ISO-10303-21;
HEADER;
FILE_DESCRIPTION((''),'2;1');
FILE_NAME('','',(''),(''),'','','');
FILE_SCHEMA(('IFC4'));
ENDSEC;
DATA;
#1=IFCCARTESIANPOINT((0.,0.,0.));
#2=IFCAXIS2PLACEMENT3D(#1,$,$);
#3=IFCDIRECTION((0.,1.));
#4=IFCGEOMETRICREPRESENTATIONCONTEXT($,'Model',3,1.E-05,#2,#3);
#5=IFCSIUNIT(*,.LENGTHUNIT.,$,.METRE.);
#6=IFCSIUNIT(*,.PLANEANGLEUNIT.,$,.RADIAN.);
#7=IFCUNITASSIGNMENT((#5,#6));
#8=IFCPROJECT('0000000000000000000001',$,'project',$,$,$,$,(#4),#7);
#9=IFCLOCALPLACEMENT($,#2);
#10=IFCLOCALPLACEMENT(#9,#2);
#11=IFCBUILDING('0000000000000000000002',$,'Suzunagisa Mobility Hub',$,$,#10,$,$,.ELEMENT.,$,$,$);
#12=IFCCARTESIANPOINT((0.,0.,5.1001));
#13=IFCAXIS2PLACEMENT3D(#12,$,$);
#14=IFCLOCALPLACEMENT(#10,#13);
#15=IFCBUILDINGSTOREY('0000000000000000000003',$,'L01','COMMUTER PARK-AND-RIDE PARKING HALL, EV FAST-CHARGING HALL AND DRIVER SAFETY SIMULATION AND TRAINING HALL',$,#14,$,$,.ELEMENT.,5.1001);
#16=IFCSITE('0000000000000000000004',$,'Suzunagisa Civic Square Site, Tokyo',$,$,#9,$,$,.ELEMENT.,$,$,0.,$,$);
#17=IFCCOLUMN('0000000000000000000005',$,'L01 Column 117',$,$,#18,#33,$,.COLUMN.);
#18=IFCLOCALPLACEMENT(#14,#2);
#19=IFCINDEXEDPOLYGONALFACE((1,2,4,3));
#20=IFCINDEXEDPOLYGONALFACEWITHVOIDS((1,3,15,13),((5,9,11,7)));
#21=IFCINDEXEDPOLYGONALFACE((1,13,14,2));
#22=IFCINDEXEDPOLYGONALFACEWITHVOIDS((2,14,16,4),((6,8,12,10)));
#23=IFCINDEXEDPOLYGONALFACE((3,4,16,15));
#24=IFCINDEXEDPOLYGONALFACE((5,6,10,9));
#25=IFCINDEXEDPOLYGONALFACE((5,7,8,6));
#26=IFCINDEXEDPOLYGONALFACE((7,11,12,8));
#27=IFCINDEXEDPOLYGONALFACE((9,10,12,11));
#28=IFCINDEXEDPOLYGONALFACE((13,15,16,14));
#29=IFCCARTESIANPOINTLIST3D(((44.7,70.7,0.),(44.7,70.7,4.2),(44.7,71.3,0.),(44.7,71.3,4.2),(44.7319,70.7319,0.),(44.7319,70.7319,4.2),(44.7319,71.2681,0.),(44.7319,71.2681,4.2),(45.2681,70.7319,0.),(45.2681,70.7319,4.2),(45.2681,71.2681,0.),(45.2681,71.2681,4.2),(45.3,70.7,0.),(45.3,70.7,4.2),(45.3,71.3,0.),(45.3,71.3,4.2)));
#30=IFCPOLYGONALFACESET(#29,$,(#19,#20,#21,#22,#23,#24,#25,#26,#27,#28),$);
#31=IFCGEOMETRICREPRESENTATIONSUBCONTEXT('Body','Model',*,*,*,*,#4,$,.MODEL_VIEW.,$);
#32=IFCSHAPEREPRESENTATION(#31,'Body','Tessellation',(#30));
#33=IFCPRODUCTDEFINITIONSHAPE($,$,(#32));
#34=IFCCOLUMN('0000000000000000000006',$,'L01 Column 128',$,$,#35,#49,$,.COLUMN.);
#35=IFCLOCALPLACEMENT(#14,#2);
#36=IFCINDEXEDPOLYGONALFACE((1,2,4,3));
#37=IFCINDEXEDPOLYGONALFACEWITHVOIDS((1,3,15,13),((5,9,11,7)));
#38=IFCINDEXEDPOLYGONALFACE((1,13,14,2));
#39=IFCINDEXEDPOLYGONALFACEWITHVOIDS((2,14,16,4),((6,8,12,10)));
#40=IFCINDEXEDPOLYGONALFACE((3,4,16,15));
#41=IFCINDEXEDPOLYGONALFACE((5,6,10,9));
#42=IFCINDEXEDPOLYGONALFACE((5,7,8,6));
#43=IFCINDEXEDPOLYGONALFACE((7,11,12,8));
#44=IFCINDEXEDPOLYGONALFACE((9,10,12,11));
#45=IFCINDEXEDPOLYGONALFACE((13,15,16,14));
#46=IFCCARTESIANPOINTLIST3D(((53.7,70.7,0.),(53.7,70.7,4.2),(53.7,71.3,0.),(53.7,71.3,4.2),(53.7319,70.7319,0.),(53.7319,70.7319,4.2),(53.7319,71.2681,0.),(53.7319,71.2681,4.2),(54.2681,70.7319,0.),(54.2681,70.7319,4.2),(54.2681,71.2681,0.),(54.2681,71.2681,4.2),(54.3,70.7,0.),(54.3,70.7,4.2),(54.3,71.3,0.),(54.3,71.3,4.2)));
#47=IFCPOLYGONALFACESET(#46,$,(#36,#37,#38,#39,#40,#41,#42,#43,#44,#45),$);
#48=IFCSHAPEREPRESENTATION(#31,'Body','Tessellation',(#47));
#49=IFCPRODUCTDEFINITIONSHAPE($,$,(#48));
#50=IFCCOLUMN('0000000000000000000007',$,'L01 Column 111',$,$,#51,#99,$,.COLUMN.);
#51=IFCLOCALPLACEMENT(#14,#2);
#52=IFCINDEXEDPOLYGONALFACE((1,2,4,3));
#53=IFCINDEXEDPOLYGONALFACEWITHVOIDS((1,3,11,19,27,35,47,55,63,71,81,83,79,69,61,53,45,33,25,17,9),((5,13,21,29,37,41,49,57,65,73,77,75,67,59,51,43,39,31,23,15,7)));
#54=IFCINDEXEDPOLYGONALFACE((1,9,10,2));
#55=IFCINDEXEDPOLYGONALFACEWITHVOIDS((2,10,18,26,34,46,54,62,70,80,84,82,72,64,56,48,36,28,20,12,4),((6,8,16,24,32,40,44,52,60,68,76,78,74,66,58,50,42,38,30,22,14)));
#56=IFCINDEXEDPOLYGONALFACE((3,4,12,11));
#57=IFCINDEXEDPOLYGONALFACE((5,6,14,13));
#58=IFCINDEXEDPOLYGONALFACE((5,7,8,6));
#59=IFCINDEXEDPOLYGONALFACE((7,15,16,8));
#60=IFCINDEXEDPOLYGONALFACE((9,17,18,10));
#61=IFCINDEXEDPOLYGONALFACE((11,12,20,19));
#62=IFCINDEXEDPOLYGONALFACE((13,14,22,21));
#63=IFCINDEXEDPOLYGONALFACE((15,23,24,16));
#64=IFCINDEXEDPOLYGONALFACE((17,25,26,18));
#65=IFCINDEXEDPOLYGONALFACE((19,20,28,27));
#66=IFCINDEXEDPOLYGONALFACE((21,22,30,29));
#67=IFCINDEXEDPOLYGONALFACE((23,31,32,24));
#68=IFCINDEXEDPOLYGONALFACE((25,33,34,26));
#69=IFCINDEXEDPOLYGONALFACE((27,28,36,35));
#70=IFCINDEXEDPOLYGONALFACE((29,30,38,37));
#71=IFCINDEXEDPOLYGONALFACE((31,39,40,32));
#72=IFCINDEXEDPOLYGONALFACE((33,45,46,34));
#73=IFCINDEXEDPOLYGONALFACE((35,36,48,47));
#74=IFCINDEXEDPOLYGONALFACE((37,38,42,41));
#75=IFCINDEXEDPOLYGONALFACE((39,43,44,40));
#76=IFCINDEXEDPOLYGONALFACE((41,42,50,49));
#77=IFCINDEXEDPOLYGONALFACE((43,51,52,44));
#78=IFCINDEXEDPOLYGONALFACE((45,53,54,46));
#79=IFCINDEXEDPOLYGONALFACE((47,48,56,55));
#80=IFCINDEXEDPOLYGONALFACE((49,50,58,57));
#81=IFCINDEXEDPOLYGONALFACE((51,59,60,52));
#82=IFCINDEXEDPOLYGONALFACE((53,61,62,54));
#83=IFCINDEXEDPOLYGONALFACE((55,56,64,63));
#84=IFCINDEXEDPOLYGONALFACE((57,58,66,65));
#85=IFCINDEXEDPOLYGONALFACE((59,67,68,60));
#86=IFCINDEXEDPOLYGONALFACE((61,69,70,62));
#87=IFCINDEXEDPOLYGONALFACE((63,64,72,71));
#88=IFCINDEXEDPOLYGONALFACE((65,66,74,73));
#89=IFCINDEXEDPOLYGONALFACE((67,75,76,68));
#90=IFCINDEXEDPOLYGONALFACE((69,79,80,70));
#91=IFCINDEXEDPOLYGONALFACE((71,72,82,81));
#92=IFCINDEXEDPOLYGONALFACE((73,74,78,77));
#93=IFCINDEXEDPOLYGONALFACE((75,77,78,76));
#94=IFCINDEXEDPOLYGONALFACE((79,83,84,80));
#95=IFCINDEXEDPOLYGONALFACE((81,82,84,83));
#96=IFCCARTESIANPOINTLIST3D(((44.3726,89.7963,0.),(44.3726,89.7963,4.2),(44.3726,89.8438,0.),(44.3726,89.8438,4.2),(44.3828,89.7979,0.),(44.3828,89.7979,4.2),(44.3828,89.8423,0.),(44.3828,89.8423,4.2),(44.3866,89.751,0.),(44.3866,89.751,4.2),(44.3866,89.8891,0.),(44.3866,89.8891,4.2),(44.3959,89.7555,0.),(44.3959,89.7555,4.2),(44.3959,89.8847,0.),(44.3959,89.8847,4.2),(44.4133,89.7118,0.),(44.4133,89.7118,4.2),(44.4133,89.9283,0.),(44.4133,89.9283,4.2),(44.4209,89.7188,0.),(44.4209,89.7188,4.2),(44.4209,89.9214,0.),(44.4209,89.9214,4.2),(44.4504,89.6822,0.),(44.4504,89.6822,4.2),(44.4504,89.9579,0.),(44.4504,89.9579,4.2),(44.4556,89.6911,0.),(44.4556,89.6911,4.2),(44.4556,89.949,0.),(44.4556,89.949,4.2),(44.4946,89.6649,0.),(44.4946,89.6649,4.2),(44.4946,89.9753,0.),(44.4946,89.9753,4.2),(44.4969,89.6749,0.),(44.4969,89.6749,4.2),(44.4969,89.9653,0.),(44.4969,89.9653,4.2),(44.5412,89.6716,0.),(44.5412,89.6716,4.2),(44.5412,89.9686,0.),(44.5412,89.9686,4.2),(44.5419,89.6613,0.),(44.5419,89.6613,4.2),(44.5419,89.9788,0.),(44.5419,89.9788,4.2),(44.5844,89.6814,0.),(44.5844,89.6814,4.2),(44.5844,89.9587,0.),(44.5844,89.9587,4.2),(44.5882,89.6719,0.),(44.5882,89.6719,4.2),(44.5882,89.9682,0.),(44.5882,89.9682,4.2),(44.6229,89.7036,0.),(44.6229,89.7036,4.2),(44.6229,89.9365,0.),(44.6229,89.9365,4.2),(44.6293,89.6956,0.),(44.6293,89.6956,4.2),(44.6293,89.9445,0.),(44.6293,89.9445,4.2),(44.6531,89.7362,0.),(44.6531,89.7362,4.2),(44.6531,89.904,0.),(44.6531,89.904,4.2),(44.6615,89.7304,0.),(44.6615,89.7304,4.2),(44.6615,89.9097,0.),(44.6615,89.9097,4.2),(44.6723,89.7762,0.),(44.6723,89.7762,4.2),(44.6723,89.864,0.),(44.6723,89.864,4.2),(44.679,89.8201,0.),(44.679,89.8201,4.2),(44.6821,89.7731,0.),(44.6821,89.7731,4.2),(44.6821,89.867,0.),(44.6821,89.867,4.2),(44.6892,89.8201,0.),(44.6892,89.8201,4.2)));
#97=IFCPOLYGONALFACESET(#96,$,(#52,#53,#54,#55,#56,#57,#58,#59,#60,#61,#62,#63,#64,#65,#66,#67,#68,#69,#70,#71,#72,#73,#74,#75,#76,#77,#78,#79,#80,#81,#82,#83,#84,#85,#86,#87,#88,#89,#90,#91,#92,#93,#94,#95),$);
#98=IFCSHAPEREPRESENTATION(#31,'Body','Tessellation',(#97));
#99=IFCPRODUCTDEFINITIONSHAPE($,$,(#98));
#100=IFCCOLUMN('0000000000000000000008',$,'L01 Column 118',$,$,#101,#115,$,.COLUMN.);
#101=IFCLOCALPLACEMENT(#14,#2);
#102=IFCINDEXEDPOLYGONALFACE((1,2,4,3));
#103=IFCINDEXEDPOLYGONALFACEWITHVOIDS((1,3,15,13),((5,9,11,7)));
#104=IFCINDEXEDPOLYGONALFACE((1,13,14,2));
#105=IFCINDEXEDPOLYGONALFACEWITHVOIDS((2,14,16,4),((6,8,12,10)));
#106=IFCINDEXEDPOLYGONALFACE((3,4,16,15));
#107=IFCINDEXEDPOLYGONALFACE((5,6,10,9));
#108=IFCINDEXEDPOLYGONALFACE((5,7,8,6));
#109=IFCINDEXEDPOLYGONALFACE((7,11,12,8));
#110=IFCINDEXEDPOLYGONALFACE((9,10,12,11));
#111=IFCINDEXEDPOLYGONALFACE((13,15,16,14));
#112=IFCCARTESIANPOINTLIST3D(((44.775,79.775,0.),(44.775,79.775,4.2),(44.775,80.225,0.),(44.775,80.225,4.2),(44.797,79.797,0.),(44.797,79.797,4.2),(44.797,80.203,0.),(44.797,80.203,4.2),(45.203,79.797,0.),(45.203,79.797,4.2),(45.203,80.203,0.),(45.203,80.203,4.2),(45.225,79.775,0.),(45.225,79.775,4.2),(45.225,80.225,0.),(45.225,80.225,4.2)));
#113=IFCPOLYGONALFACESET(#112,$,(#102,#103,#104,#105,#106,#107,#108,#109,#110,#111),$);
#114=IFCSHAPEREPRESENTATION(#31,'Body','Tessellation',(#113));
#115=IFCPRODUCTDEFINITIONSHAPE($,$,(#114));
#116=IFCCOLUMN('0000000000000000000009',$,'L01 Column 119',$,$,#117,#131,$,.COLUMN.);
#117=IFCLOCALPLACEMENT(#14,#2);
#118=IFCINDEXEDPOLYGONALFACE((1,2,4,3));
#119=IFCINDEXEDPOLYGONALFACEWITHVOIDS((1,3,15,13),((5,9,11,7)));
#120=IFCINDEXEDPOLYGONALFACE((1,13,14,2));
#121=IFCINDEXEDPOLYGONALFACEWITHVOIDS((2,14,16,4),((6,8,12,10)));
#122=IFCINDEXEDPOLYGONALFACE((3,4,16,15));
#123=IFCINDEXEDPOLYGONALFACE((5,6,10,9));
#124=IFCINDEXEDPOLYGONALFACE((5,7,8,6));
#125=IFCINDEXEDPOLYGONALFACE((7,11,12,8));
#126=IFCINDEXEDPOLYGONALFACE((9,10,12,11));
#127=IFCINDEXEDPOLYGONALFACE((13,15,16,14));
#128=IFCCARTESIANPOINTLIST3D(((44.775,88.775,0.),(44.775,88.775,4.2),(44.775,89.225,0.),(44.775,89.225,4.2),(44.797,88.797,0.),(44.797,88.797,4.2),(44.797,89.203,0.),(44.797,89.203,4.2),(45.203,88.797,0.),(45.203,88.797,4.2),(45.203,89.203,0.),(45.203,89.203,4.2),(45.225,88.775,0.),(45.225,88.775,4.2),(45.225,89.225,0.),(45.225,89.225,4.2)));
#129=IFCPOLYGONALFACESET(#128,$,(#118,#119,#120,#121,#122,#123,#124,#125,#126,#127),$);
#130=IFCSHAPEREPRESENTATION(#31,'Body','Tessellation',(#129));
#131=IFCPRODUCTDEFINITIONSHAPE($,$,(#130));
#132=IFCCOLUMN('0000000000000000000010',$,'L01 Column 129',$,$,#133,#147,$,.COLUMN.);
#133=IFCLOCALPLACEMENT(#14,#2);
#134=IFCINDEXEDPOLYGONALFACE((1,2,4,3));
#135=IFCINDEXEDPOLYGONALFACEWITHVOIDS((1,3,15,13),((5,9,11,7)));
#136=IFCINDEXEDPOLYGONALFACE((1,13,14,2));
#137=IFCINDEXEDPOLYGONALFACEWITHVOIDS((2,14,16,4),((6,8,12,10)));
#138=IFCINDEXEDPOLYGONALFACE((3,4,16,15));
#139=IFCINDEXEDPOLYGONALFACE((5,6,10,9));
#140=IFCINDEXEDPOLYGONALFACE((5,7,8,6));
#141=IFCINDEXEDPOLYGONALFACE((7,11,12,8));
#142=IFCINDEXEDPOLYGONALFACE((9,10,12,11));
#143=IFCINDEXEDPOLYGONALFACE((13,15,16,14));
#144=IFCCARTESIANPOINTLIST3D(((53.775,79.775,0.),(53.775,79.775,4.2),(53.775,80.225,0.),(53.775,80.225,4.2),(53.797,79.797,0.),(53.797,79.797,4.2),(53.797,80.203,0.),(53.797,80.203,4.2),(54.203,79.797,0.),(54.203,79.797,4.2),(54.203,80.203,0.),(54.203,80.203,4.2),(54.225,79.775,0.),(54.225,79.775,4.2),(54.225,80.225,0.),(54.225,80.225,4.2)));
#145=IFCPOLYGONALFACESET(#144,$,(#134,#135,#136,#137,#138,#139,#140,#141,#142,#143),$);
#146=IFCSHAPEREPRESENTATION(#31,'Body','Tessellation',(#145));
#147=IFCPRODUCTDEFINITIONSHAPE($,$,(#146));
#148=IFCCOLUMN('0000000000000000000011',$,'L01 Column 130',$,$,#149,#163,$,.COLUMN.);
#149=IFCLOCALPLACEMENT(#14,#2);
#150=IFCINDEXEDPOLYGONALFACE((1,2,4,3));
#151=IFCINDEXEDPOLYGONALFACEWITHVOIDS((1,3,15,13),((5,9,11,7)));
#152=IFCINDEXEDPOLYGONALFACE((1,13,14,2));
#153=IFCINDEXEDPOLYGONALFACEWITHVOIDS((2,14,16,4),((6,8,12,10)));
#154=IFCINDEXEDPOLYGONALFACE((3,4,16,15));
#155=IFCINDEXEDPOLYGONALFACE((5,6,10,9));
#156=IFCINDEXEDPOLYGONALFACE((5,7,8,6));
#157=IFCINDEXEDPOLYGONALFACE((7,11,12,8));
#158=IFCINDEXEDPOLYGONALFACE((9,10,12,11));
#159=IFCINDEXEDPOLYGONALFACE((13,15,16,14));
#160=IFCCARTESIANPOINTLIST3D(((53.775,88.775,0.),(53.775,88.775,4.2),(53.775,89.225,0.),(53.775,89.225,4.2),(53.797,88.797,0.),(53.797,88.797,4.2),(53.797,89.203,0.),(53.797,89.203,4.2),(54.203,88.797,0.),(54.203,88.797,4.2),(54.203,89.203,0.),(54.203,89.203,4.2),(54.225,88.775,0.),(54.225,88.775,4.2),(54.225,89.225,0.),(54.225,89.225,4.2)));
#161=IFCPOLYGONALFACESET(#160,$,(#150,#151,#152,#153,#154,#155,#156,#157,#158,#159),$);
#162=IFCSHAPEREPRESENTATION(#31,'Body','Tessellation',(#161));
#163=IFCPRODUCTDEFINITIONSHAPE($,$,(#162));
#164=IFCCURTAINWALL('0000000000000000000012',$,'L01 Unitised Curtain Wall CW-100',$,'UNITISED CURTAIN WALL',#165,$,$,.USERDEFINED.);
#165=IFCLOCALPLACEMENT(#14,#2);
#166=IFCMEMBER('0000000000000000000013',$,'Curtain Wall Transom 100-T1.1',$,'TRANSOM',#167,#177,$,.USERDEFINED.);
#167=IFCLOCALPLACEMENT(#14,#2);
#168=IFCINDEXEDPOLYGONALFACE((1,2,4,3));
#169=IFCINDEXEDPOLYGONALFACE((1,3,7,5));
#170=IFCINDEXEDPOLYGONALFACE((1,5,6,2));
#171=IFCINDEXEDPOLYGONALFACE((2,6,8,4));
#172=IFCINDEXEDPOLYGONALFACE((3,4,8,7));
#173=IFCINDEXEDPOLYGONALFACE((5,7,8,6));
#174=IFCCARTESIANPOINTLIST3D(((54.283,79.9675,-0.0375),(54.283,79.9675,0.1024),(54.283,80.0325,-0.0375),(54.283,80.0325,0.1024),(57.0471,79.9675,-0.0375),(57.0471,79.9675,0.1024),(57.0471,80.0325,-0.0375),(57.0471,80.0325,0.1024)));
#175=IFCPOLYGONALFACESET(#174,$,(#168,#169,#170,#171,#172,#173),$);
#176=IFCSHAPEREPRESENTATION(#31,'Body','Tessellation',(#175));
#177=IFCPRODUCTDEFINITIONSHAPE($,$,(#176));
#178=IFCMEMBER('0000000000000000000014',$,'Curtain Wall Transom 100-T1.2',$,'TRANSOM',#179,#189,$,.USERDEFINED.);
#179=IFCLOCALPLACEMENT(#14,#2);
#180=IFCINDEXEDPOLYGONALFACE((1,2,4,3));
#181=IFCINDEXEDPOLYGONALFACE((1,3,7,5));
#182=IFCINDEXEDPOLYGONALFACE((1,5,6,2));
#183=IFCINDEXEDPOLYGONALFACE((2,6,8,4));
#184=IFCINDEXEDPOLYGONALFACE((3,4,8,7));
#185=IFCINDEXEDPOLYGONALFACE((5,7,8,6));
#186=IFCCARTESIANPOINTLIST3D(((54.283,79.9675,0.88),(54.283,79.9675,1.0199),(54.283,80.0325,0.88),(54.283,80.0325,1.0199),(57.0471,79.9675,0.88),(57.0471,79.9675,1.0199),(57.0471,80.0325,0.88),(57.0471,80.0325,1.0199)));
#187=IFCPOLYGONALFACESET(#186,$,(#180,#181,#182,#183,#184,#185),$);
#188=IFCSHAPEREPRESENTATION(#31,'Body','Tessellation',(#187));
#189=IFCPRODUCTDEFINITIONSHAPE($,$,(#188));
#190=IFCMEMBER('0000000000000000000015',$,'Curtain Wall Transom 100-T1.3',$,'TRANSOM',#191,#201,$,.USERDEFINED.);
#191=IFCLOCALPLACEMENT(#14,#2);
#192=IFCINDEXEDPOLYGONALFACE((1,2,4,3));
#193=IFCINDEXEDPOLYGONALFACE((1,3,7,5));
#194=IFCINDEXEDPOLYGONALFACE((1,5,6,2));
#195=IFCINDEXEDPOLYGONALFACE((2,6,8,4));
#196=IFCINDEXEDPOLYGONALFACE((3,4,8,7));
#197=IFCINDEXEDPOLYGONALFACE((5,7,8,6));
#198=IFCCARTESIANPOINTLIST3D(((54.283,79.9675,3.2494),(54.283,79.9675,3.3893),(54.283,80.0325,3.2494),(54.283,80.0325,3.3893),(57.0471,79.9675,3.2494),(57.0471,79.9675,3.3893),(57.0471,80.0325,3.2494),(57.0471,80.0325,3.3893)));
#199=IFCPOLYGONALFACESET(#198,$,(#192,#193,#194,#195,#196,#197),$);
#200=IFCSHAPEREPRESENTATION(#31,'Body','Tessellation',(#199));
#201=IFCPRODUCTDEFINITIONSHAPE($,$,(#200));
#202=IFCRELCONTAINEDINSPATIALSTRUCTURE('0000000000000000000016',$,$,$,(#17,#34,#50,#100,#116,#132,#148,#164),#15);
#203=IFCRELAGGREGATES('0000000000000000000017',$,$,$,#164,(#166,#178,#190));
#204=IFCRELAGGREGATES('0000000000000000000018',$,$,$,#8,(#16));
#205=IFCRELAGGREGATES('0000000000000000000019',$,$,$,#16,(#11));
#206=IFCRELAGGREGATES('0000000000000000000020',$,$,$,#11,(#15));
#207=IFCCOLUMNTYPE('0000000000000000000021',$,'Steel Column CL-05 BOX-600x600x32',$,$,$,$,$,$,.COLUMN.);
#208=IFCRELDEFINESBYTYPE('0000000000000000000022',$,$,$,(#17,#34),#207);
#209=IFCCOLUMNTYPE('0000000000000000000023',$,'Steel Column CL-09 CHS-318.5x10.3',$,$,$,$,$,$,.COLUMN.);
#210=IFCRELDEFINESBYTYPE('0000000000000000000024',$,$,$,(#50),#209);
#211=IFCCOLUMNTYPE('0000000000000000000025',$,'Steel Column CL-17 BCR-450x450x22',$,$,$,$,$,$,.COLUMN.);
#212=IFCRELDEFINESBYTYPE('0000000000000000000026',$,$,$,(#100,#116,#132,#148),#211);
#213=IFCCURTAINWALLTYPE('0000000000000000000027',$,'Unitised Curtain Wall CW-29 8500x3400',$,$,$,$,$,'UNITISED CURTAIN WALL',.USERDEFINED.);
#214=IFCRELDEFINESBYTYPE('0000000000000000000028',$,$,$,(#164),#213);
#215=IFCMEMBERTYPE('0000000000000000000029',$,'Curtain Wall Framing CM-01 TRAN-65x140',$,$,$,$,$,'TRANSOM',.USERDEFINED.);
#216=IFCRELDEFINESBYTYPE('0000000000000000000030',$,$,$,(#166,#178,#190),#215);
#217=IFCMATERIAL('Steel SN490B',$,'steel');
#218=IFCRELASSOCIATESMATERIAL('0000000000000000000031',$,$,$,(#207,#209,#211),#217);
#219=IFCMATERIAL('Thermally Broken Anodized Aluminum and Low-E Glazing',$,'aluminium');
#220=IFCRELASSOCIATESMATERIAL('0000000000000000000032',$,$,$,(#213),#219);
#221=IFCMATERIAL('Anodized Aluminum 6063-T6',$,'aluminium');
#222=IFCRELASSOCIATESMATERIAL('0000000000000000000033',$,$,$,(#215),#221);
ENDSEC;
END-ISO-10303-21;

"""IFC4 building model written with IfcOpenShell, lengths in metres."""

from ifc_helpers import new_model, si_unit, direction, frame, origin, origin_2d, place, context, subcontext, project, spatial, rectangle, hollow_rectangle, hollow_circle, extrude, material, material_profile, profile_set, type_object, element, aggregate, save


model = new_model("IFC4")

# Units and contexts
model_context = context("Model", 3, precision=1e-05, world=origin(), true_north=direction((0.0, 1.0)))
body_context = subcontext(model_context, "Body", "Model", "MODEL_VIEW")
ifc_project = project(units=[si_unit("LENGTHUNIT", "METRE"), si_unit("PLANEANGLEUNIT", "RADIAN")], contexts=[model_context])

# Site, building, storey
site_placement = place(None, origin())
site = spatial("IfcSite", under=ifc_project, at=site_placement, Name="Suzunagisa Civic Square Site, Tokyo", CompositionType="ELEMENT", RefElevation=0.0)
building_placement = place(site_placement, origin())
building = spatial("IfcBuilding", under=site, at=building_placement, Name="Suzunagisa Mobility Hub", CompositionType="ELEMENT")
storey_placement = place(building_placement, frame((0.0, 0.0, 5.1001)))
storey = spatial("IfcBuildingStorey", under=building, at=storey_placement, Name="L01", Description="COMMUTER PARK-AND-RIDE PARKING HALL, EV FAST-CHARGING HALL AND DRIVER SAFETY SIMULATION AND TRAINING HALL", CompositionType="ELEMENT", Elevation=5.1001)

# Columns
ifc_material_1 = material(Name="Steel SN490B", Category="steel")
ifc_material_profile_1 = material_profile(ifc_material_1, hollow_rectangle(XDim=0.6001, YDim=0.6001, WallThickness=0.032, at=origin_2d()), Name="BOX-600x600x32")
ifc_profile_set_1 = profile_set([ifc_material_profile_1], Name="Steel SN490B")
column_type_1 = type_object("IfcColumnType", Name="Steel Column CL-05 BOX-600x600x32", PredefinedType="COLUMN", material=ifc_profile_set_1)
for number, where, z_axis, x_axis, name in (
    (1, (45.0, 71.0, 0.0), (0.0, 0.0, 1.0), (1.0, 0.0, 0.0), "L01 Column 117"),
    (2, (54.0, 71.0, 0.0), (0.0, 0.0, 1.0), (1.0, 0.0, 0.0), "L01 Column 128"),
):
    element("IfcColumn", number, at=place(storey_placement, frame(where, z_axis=z_axis, x_axis=x_axis)), inside=storey, type_object=column_type_1, Name=name, PredefinedType="COLUMN", context=body_context, shape_type="SweptSolid", body=[
        extrude(hollow_rectangle(XDim=0.6001, YDim=0.6001, WallThickness=0.032, at=origin_2d()), origin(), (0.0, 0.0, 1.0), 4.2),
    ])
ifc_material_profile_2 = material_profile(ifc_material_1, hollow_circle(Radius=0.1592, WallThickness=0.0103, at=origin_2d()), Name="CHS-318.5x10.3")
ifc_profile_set_2 = profile_set([ifc_material_profile_2], Name="Steel SN490B")
column_type_2 = type_object("IfcColumnType", Name="Steel Column CL-09 CHS-318.5x10.3", PredefinedType="COLUMN", material=ifc_profile_set_2)
column_placement = place(storey_placement, frame((44.53, 89.8201, 0.0), z_axis=(0.0, 0.0, 1.0), x_axis=(1.0, 0.0, 0.0)))
element("IfcColumn", 3, at=column_placement, inside=storey, type_object=column_type_2, Name="L01 Column 111", PredefinedType="COLUMN", context=body_context, shape_type="SweptSolid", body=[
    extrude(hollow_circle(Radius=0.1592, WallThickness=0.0103, at=origin_2d()), origin(), (0.0, 0.0, 1.0), 4.2),
])
ifc_material_profile_3 = material_profile(ifc_material_1, hollow_rectangle(XDim=0.45, YDim=0.45, WallThickness=0.022, at=origin_2d()), Name="BCR-450x450x22")
ifc_profile_set_3 = profile_set([ifc_material_profile_3], Name="Steel SN490B")
column_type_3 = type_object("IfcColumnType", Name="Steel Column CL-17 BCR-450x450x22", PredefinedType="COLUMN", material=ifc_profile_set_3)
for number, where, z_axis, x_axis, name in (
    (4, (45.0, 80.0, 0.0), (0.0, 0.0, 1.0), (1.0, 0.0, 0.0), "L01 Column 118"),
    (5, (45.0, 89.0, 0.0), (0.0, 0.0, 1.0), (1.0, 0.0, 0.0), "L01 Column 119"),
    (6, (54.0, 80.0, 0.0), (0.0, 0.0, 1.0), (1.0, 0.0, 0.0), "L01 Column 129"),
    (7, (54.0, 89.0, 0.0), (0.0, 0.0, 1.0), (1.0, 0.0, 0.0), "L01 Column 130"),
):
    element("IfcColumn", number, at=place(storey_placement, frame(where, z_axis=z_axis, x_axis=x_axis)), inside=storey, type_object=column_type_3, Name=name, PredefinedType="COLUMN", context=body_context, shape_type="SweptSolid", body=[
        extrude(hollow_rectangle(XDim=0.45, YDim=0.45, WallThickness=0.022, at=origin_2d()), origin(), (0.0, 0.0, 1.0), 4.2),
    ])

# Curtain wall, members
ifc_material_2 = material(Name="Thermally Broken Anodized Aluminum and Low-E Glazing", Category="aluminium")
curtain_wall_type = type_object("IfcCurtainWallType", Name="Unitised Curtain Wall CW-29 8500x3400", ElementType="UNITISED CURTAIN WALL", PredefinedType="USERDEFINED", material=ifc_material_2)
curtain_wall_placement = place(storey_placement, origin())
curtain_wall = element("IfcCurtainWall", 8, at=curtain_wall_placement, inside=storey, type_object=curtain_wall_type, Name="L01 Unitised Curtain Wall CW-100", ObjectType="UNITISED CURTAIN WALL", PredefinedType="USERDEFINED")
ifc_material_3 = material(Name="Anodized Aluminum 6063-T6", Category="aluminium")
ifc_material_profile_4 = material_profile(ifc_material_3, rectangle(XDim=0.0649, YDim=0.1399, at=origin_2d()), Name="TRAN-65x140")
ifc_profile_set_4 = profile_set([ifc_material_profile_4], Name="Anodized Aluminum 6063-T6")
member_type_1 = type_object("IfcMemberType", Name="Curtain Wall Framing CM-01 TRAN-65x140", ElementType="TRANSOM", PredefinedType="USERDEFINED", material=ifc_profile_set_4)
member_1_placement = place(storey_placement, frame((54.283, 80.0, 0.0325), z_axis=(1.0, 0.0, 0.0), x_axis=(0.0, 1.0, 0.0)))
member_1 = element("IfcMember", 9, at=member_1_placement, type_object=member_type_1, Name="Curtain Wall Transom 100-T1.1", ObjectType="TRANSOM", PredefinedType="USERDEFINED", context=body_context, shape_type="SweptSolid", body=[
    extrude(rectangle(XDim=0.0649, YDim=0.1399, at=origin_2d()), origin(), (0.0, 0.0, 1.0), 2.7642),
])
member_2_placement = place(storey_placement, frame((54.283, 80.0, 0.95), z_axis=(1.0, 0.0, 0.0), x_axis=(0.0, 1.0, 0.0)))
member_2 = element("IfcMember", 10, at=member_2_placement, type_object=member_type_1, Name="Curtain Wall Transom 100-T1.2", ObjectType="TRANSOM", PredefinedType="USERDEFINED", context=body_context, shape_type="SweptSolid", body=[
    extrude(rectangle(XDim=0.0649, YDim=0.1399, at=origin_2d()), origin(), (0.0, 0.0, 1.0), 2.7642),
])
member_3_placement = place(storey_placement, frame((54.283, 80.0, 3.3193), z_axis=(1.0, 0.0, 0.0), x_axis=(0.0, 1.0, 0.0)))
member_3 = element("IfcMember", 11, at=member_3_placement, type_object=member_type_1, Name="Curtain Wall Transom 100-T1.3", ObjectType="TRANSOM", PredefinedType="USERDEFINED", context=body_context, shape_type="SweptSolid", body=[
    extrude(rectangle(XDim=0.0649, YDim=0.1399, at=origin_2d()), origin(), (0.0, 0.0, 1.0), 2.7642),
])

aggregate(curtain_wall, [member_1, member_2, member_3])

save(model, "model.ifc")
